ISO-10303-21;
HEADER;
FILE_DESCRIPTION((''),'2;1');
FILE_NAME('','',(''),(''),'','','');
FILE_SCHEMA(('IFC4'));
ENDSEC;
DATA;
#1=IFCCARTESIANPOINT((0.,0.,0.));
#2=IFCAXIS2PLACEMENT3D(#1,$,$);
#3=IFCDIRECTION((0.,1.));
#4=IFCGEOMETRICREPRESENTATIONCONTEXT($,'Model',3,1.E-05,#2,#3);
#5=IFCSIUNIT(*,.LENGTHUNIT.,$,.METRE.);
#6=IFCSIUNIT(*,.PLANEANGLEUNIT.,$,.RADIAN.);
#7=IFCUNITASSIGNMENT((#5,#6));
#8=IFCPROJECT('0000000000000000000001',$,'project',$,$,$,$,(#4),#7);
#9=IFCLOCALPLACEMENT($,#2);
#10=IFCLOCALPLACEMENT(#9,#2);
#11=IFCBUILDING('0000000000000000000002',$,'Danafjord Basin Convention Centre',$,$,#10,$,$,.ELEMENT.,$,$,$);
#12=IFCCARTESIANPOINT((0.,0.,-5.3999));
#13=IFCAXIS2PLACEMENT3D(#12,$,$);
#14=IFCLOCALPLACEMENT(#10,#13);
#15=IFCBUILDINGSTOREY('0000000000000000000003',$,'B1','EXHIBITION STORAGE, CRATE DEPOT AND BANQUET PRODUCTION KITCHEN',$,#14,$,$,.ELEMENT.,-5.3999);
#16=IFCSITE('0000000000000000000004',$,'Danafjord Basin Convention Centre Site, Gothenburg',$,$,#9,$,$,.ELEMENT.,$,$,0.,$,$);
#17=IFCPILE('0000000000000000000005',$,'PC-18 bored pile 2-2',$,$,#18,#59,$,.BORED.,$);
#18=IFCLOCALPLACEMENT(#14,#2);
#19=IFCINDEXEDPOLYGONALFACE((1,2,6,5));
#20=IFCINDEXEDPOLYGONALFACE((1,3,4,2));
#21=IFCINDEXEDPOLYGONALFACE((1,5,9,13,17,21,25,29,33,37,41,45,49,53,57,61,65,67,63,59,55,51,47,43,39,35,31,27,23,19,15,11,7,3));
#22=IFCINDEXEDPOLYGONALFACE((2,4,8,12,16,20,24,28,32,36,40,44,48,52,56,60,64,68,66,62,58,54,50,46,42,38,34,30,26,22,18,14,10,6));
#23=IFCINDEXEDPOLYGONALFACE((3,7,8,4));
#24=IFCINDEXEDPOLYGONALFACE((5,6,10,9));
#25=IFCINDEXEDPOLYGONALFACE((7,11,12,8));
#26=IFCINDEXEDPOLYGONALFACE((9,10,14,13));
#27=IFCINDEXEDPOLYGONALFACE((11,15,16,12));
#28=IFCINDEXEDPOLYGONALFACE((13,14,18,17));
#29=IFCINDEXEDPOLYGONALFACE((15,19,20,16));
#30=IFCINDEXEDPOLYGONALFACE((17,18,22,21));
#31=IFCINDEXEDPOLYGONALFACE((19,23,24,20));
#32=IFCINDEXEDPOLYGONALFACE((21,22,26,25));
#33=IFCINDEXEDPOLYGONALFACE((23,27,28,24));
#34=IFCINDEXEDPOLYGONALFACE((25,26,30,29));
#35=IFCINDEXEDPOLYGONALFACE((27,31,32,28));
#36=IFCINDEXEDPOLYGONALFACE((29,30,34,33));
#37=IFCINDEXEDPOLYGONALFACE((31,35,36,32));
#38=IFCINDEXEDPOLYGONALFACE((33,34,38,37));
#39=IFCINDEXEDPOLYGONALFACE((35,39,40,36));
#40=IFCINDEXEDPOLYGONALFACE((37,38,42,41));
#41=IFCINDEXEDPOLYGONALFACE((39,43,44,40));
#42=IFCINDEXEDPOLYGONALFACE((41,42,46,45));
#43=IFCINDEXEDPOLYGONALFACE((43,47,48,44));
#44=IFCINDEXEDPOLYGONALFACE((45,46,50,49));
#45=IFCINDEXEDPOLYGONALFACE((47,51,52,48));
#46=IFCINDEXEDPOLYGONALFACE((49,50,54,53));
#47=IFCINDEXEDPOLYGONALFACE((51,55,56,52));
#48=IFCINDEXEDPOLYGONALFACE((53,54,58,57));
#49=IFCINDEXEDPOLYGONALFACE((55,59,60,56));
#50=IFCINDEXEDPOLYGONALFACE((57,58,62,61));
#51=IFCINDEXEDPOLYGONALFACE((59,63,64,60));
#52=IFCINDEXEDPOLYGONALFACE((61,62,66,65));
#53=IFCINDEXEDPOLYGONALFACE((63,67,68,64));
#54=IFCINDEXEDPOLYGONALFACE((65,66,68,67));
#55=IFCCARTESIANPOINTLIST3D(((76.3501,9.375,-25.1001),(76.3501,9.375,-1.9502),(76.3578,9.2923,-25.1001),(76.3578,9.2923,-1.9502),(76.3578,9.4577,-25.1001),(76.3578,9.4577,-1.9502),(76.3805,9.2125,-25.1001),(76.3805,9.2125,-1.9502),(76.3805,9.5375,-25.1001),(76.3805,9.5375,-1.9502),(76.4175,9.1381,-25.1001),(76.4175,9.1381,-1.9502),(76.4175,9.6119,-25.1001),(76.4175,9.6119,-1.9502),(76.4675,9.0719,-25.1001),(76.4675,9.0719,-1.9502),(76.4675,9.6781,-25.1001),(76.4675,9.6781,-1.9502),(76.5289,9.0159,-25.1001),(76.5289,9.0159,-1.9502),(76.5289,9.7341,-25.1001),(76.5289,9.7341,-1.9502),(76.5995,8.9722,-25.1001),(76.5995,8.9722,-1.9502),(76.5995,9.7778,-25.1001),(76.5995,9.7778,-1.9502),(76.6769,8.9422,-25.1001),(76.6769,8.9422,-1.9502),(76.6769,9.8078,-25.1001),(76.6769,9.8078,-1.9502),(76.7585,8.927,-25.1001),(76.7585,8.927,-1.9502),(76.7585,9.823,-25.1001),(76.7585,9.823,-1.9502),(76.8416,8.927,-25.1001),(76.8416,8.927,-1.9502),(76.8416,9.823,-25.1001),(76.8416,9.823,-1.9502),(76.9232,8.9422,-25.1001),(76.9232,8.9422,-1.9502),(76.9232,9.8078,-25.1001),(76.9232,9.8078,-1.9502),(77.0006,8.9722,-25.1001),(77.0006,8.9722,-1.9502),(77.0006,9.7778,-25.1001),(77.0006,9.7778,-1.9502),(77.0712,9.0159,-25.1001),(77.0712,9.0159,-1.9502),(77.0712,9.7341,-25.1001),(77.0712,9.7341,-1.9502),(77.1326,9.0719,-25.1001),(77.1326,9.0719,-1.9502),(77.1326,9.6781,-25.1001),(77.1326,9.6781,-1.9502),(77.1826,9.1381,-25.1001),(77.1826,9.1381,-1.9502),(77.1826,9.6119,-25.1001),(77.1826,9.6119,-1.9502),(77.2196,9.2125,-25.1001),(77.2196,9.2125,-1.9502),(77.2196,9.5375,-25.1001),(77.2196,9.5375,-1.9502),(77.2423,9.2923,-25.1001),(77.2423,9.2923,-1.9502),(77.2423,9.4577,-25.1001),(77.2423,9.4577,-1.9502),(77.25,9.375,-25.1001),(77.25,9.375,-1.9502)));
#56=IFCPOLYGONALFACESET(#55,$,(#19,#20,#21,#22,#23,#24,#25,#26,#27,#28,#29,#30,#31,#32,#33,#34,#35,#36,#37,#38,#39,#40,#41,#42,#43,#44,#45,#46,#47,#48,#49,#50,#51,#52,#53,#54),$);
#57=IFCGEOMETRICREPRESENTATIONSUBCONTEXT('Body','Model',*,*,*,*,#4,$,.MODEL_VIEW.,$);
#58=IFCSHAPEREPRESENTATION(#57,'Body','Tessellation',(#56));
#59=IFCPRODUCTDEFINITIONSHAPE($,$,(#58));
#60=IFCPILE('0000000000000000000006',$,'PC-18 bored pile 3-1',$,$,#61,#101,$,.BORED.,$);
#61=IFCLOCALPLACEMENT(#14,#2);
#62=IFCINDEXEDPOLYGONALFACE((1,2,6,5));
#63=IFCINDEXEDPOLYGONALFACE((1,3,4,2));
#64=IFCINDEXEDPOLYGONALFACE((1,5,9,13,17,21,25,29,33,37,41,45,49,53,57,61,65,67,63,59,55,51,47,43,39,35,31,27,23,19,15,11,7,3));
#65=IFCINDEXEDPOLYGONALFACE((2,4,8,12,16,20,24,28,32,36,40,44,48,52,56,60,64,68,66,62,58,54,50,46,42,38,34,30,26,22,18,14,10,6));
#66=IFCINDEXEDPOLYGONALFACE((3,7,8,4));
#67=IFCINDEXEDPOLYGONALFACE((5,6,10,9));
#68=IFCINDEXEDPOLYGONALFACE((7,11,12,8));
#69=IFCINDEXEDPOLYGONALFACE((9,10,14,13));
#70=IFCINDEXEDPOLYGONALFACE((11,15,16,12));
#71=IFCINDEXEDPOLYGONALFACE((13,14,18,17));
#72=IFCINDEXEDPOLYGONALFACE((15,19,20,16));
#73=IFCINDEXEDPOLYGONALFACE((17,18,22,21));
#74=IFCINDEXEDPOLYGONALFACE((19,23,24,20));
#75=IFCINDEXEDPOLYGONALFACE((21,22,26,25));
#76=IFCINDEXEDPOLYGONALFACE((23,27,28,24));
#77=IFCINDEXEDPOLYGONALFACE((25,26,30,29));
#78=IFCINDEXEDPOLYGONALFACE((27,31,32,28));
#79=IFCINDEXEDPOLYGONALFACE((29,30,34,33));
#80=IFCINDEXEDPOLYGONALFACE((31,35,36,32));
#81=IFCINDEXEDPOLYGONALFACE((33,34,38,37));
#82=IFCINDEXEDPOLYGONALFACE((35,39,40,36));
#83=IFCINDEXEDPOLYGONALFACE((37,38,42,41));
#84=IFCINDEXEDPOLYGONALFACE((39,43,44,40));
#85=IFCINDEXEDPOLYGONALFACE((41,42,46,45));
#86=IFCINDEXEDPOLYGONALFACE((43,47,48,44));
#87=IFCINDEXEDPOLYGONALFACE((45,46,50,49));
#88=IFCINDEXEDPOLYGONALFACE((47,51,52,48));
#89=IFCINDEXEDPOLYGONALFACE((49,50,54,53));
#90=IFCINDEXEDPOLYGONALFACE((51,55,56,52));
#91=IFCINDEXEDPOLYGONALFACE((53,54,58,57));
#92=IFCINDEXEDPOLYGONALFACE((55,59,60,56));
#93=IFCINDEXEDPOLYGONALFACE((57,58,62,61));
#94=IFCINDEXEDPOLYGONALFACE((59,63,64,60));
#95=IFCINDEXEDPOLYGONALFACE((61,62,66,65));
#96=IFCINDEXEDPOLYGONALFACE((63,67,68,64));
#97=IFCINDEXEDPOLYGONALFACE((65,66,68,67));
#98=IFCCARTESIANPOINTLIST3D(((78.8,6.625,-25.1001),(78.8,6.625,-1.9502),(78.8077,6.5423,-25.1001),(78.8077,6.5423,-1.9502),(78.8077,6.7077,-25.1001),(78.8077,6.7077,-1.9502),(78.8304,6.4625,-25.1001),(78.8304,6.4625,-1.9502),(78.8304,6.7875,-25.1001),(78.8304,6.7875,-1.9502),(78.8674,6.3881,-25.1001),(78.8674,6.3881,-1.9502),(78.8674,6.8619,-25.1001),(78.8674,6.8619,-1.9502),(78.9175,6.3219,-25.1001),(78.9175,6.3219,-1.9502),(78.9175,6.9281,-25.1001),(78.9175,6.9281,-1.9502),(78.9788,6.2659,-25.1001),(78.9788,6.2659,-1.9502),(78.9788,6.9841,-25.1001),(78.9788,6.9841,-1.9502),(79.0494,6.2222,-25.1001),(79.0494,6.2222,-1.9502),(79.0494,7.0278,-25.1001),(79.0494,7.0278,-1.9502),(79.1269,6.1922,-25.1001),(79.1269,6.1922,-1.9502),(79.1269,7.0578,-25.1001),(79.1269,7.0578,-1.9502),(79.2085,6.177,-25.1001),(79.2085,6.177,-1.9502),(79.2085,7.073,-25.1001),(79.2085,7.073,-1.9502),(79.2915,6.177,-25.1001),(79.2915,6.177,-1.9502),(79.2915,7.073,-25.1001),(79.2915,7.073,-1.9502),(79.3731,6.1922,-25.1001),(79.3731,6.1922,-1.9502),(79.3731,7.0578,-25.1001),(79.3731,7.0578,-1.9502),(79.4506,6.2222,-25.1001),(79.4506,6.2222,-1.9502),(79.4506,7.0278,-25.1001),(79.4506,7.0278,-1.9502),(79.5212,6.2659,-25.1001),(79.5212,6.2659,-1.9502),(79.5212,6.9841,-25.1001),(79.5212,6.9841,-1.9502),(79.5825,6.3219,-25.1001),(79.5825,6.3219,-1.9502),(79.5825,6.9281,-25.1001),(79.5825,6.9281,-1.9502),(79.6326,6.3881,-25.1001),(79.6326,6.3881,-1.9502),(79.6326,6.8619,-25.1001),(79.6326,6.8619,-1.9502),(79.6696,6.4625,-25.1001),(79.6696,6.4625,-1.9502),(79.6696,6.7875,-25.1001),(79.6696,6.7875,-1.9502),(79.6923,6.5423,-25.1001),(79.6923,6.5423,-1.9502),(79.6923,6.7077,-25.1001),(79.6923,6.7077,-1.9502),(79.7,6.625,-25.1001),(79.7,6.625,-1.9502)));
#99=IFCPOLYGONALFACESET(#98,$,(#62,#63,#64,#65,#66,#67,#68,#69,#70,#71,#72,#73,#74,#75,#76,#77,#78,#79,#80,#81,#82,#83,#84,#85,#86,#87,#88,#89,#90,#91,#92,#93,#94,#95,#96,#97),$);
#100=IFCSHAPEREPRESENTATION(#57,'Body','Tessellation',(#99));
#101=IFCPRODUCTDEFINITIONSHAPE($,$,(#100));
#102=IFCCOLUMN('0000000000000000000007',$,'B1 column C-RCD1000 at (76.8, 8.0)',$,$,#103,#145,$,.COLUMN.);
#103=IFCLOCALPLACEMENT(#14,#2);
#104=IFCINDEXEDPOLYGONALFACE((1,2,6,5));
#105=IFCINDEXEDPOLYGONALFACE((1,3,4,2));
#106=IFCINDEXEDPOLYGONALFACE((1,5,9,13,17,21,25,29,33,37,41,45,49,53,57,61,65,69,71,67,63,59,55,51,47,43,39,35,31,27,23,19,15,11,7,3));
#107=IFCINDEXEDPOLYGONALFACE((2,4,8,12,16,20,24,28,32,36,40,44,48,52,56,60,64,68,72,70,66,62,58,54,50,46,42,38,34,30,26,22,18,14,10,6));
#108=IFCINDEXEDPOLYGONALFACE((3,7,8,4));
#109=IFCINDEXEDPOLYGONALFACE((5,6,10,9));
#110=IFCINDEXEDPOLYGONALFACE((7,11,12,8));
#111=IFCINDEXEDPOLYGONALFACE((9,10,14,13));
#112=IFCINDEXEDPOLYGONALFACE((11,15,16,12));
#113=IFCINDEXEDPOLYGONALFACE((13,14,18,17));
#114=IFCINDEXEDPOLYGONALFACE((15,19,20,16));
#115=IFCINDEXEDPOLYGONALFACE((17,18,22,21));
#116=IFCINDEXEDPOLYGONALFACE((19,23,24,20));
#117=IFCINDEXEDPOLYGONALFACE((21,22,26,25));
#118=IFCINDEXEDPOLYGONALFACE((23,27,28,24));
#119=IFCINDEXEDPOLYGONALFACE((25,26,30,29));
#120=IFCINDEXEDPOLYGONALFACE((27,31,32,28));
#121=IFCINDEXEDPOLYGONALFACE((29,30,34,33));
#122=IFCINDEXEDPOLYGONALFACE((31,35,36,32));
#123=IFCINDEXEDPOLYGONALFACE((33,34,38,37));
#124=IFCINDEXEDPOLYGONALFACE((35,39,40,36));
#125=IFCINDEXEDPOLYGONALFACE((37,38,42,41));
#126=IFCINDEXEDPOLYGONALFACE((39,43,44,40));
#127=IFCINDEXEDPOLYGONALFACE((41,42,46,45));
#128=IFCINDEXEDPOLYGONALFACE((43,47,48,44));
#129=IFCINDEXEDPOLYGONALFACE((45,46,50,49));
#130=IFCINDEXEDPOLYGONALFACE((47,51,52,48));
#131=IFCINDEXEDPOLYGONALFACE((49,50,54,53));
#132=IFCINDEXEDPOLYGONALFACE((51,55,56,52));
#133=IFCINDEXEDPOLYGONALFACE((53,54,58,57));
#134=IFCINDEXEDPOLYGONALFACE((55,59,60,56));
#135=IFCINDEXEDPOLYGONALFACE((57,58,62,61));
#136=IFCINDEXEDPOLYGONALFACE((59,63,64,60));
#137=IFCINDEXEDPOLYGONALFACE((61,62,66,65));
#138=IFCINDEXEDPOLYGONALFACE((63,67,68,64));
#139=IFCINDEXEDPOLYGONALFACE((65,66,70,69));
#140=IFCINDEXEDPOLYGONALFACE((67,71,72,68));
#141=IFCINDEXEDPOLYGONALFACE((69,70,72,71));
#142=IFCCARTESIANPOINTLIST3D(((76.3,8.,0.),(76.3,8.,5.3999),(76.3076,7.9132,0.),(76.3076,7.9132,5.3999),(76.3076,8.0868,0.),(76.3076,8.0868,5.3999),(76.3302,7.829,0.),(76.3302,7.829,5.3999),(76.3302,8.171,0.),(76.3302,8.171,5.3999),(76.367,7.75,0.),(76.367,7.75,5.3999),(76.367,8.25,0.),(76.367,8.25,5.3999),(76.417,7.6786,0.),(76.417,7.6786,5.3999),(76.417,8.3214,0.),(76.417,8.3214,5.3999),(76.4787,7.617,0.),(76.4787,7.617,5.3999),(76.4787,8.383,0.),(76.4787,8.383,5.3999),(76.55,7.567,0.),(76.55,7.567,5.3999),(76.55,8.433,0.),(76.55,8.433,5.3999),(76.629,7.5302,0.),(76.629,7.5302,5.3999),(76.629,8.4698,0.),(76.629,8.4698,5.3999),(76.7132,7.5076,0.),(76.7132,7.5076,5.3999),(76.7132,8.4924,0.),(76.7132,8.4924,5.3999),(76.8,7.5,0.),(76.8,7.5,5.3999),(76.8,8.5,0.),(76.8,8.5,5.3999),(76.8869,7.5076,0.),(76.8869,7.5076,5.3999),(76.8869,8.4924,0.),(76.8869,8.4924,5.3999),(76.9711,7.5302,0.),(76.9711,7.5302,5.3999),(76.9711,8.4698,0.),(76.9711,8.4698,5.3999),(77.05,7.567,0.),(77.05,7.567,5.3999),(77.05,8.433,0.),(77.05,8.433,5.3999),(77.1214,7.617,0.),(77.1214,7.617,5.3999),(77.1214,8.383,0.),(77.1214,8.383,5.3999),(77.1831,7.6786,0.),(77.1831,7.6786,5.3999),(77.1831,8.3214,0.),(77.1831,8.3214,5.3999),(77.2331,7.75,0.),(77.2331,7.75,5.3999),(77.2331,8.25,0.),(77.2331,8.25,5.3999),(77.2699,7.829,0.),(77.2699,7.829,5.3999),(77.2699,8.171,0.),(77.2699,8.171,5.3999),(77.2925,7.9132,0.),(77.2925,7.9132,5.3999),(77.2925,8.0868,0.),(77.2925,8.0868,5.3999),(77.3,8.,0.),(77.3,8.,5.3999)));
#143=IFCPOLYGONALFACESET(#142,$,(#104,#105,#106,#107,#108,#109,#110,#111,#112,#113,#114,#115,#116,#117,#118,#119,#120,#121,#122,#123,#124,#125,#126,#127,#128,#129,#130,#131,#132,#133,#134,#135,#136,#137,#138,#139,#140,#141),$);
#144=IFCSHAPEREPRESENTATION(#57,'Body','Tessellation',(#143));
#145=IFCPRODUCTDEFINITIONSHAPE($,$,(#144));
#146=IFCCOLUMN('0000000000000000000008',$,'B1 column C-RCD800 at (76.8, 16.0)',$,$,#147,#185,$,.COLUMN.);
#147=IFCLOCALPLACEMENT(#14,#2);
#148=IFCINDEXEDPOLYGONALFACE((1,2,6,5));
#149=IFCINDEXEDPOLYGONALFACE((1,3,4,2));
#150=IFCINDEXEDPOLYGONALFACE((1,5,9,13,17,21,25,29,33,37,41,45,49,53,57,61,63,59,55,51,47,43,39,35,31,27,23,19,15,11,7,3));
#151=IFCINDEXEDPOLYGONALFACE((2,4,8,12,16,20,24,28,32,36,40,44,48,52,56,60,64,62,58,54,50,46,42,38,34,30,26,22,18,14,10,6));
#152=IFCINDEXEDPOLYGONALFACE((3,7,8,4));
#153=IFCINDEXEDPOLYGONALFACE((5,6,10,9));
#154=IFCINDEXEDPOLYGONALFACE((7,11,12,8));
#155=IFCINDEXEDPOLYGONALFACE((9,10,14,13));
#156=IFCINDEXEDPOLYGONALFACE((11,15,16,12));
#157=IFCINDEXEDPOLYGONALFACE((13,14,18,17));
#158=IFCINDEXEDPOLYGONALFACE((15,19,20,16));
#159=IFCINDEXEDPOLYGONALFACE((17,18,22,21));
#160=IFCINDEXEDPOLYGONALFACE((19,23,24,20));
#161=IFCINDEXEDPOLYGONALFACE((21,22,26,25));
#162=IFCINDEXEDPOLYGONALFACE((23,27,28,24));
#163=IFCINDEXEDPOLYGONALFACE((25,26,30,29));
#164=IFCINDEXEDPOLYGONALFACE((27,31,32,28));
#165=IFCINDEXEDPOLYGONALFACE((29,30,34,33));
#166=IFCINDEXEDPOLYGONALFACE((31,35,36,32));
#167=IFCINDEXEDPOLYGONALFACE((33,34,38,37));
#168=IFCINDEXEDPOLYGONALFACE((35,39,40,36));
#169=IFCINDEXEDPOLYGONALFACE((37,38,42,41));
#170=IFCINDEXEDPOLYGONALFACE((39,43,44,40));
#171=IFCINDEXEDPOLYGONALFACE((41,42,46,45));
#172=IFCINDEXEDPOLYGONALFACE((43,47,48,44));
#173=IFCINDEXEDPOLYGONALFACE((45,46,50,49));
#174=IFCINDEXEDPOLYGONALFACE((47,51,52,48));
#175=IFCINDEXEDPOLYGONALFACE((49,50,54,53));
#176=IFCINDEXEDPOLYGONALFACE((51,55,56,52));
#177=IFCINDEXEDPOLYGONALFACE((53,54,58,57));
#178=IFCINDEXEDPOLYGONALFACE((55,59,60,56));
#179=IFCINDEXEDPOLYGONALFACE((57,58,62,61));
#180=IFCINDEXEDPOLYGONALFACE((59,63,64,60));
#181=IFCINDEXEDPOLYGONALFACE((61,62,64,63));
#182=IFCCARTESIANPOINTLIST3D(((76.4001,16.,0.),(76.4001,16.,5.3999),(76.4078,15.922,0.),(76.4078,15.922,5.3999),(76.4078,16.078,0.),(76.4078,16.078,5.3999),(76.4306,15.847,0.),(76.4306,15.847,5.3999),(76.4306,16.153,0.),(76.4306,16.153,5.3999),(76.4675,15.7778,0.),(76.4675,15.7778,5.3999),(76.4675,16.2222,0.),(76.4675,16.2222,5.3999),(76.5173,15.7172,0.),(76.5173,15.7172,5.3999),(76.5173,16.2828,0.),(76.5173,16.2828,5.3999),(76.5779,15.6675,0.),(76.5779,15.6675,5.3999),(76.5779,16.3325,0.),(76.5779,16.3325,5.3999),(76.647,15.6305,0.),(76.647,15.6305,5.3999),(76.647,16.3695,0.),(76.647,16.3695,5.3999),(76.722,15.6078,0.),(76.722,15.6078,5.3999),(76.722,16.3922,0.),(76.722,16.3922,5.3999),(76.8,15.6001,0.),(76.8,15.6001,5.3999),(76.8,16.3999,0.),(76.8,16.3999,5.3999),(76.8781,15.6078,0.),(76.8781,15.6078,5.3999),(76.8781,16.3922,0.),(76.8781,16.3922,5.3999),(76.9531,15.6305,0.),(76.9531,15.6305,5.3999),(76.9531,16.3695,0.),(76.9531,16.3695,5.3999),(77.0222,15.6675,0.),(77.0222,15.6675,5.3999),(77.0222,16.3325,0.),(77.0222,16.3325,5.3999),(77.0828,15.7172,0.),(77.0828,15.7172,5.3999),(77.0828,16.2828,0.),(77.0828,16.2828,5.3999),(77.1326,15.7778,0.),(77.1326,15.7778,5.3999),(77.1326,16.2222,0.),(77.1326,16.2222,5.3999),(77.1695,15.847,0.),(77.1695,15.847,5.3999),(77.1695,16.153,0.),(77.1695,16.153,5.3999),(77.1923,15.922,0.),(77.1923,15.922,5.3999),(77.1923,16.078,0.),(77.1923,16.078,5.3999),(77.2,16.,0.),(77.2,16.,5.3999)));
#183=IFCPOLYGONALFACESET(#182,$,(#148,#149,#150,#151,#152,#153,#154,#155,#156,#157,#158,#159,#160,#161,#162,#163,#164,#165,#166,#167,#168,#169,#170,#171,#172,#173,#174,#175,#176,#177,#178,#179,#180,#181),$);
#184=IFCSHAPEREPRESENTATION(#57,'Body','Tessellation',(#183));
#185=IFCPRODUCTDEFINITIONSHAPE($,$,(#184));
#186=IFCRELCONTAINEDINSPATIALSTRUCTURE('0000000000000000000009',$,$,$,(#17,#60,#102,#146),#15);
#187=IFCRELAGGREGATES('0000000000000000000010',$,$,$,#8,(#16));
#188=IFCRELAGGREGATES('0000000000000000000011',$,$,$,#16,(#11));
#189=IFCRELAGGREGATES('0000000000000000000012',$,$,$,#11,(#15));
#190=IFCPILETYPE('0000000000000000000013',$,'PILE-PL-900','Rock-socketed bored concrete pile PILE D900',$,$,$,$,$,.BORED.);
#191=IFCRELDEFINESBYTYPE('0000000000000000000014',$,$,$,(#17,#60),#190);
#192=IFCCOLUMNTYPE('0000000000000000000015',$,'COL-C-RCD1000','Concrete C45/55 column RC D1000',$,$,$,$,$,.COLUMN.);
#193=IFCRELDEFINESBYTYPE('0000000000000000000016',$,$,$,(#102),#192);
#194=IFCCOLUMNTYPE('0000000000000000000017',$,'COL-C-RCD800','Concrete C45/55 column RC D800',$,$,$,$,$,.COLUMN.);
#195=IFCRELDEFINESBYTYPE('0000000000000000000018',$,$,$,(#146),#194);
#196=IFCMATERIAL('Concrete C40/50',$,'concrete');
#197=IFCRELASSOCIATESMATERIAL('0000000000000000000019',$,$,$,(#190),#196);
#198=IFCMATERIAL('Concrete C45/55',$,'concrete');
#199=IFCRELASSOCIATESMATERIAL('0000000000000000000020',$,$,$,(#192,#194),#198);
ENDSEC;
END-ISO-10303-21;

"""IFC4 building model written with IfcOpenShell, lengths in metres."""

from ifc_helpers import new_model, si_unit, direction, frame, origin, origin_2d, place, context, subcontext, project, spatial, circle, extrude, material, material_profile, profile_set, type_object, element, save


model = new_model("IFC4")

# Units and contexts
model_context = context("Model", 3, precision=1e-05, world=origin(), true_north=direction((0.0, 1.0)))
body_context = subcontext(model_context, "Body", "Model", "MODEL_VIEW")
ifc_project = project(units=[si_unit("LENGTHUNIT", "METRE"), si_unit("PLANEANGLEUNIT", "RADIAN")], contexts=[model_context])

# Site, building, storey
site_placement = place(None, origin())
site = spatial("IfcSite", under=ifc_project, at=site_placement, Name="Danafjord Basin Convention Centre Site, Gothenburg", CompositionType="ELEMENT", RefElevation=0.0)
building_placement = place(site_placement, origin())
building = spatial("IfcBuilding", under=site, at=building_placement, Name="Danafjord Basin Convention Centre", CompositionType="ELEMENT")
storey_placement = place(building_placement, frame((0.0, 0.0, -5.3999)))
storey = spatial("IfcBuildingStorey", under=building, at=storey_placement, Name="B1", Description="EXHIBITION STORAGE, CRATE DEPOT AND BANQUET PRODUCTION KITCHEN", CompositionType="ELEMENT", Elevation=-5.3999)

# Shared definitions
ifc_material_1 = material(Name="Concrete C40/50", Category="concrete")

# Piles
ifc_material_profile_1 = material_profile(ifc_material_1, circle(Radius=0.45, at=origin_2d()), Name="PILE D900")
ifc_profile_set_1 = profile_set([ifc_material_profile_1], Name="Concrete C40/50")
pile_type_1 = type_object("IfcPileType", Name="PILE-PL-900", Description="Rock-socketed bored concrete pile PILE D900", PredefinedType="BORED", material=ifc_profile_set_1)
for number, where, z_axis, x_axis, name in (
    (1, (76.8, 9.375, -1.9502), (0.0, 0.0, -1.0), (1.0, 0.0, 0.0), "PC-18 bored pile 2-2"),
    (2, (79.25, 6.625, -1.9502), (0.0, 0.0, -1.0), (1.0, 0.0, 0.0), "PC-18 bored pile 3-1"),
):
    element("IfcPile", number, at=place(storey_placement, frame(where, z_axis=z_axis, x_axis=x_axis)), inside=storey, type_object=pile_type_1, Name=name, PredefinedType="BORED", context=body_context, shape_type="SweptSolid", body=[
        extrude(circle(Radius=0.45, at=origin_2d()), origin(), (0.0, 0.0, 1.0), 23.1499),
    ])

# Columns
ifc_material_2 = material(Name="Concrete C45/55", Category="concrete")
ifc_material_profile_2 = material_profile(ifc_material_2, circle(Radius=0.5, at=origin_2d()), Name="RC D1000")
ifc_profile_set_2 = profile_set([ifc_material_profile_2], Name="Concrete C45/55")
column_type_1 = type_object("IfcColumnType", Name="COL-C-RCD1000", Description="Concrete C45/55 column RC D1000", PredefinedType="COLUMN", material=ifc_profile_set_2)
column_1_placement = place(storey_placement, frame((76.8, 8.0, 0.0), z_axis=(0.0, 0.0, 1.0), x_axis=(1.0, 0.0, 0.0)))
element("IfcColumn", 3, at=column_1_placement, inside=storey, type_object=column_type_1, Name="B1 column C-RCD1000 at (76.8, 8.0)", PredefinedType="COLUMN", context=body_context, shape_type="SweptSolid", body=[
    extrude(circle(Radius=0.5, at=origin_2d()), origin(), (0.0, 0.0, 1.0), 5.3999),
])
ifc_material_profile_3 = material_profile(ifc_material_2, circle(Radius=0.3999, at=origin_2d()), Name="RC D800")
ifc_profile_set_3 = profile_set([ifc_material_profile_3], Name="Concrete C45/55")
column_type_2 = type_object("IfcColumnType", Name="COL-C-RCD800", Description="Concrete C45/55 column RC D800", PredefinedType="COLUMN", material=ifc_profile_set_3)
column_2_placement = place(storey_placement, frame((76.8, 16.0, 0.0), z_axis=(0.0, 0.0, 1.0), x_axis=(1.0, 0.0, 0.0)))
element("IfcColumn", 4, at=column_2_placement, inside=storey, type_object=column_type_2, Name="B1 column C-RCD800 at (76.8, 16.0)", PredefinedType="COLUMN", context=body_context, shape_type="SweptSolid", body=[
    extrude(circle(Radius=0.3999, at=origin_2d()), origin(), (0.0, 0.0, 1.0), 5.3999),
])

save(model, "model.ifc")
